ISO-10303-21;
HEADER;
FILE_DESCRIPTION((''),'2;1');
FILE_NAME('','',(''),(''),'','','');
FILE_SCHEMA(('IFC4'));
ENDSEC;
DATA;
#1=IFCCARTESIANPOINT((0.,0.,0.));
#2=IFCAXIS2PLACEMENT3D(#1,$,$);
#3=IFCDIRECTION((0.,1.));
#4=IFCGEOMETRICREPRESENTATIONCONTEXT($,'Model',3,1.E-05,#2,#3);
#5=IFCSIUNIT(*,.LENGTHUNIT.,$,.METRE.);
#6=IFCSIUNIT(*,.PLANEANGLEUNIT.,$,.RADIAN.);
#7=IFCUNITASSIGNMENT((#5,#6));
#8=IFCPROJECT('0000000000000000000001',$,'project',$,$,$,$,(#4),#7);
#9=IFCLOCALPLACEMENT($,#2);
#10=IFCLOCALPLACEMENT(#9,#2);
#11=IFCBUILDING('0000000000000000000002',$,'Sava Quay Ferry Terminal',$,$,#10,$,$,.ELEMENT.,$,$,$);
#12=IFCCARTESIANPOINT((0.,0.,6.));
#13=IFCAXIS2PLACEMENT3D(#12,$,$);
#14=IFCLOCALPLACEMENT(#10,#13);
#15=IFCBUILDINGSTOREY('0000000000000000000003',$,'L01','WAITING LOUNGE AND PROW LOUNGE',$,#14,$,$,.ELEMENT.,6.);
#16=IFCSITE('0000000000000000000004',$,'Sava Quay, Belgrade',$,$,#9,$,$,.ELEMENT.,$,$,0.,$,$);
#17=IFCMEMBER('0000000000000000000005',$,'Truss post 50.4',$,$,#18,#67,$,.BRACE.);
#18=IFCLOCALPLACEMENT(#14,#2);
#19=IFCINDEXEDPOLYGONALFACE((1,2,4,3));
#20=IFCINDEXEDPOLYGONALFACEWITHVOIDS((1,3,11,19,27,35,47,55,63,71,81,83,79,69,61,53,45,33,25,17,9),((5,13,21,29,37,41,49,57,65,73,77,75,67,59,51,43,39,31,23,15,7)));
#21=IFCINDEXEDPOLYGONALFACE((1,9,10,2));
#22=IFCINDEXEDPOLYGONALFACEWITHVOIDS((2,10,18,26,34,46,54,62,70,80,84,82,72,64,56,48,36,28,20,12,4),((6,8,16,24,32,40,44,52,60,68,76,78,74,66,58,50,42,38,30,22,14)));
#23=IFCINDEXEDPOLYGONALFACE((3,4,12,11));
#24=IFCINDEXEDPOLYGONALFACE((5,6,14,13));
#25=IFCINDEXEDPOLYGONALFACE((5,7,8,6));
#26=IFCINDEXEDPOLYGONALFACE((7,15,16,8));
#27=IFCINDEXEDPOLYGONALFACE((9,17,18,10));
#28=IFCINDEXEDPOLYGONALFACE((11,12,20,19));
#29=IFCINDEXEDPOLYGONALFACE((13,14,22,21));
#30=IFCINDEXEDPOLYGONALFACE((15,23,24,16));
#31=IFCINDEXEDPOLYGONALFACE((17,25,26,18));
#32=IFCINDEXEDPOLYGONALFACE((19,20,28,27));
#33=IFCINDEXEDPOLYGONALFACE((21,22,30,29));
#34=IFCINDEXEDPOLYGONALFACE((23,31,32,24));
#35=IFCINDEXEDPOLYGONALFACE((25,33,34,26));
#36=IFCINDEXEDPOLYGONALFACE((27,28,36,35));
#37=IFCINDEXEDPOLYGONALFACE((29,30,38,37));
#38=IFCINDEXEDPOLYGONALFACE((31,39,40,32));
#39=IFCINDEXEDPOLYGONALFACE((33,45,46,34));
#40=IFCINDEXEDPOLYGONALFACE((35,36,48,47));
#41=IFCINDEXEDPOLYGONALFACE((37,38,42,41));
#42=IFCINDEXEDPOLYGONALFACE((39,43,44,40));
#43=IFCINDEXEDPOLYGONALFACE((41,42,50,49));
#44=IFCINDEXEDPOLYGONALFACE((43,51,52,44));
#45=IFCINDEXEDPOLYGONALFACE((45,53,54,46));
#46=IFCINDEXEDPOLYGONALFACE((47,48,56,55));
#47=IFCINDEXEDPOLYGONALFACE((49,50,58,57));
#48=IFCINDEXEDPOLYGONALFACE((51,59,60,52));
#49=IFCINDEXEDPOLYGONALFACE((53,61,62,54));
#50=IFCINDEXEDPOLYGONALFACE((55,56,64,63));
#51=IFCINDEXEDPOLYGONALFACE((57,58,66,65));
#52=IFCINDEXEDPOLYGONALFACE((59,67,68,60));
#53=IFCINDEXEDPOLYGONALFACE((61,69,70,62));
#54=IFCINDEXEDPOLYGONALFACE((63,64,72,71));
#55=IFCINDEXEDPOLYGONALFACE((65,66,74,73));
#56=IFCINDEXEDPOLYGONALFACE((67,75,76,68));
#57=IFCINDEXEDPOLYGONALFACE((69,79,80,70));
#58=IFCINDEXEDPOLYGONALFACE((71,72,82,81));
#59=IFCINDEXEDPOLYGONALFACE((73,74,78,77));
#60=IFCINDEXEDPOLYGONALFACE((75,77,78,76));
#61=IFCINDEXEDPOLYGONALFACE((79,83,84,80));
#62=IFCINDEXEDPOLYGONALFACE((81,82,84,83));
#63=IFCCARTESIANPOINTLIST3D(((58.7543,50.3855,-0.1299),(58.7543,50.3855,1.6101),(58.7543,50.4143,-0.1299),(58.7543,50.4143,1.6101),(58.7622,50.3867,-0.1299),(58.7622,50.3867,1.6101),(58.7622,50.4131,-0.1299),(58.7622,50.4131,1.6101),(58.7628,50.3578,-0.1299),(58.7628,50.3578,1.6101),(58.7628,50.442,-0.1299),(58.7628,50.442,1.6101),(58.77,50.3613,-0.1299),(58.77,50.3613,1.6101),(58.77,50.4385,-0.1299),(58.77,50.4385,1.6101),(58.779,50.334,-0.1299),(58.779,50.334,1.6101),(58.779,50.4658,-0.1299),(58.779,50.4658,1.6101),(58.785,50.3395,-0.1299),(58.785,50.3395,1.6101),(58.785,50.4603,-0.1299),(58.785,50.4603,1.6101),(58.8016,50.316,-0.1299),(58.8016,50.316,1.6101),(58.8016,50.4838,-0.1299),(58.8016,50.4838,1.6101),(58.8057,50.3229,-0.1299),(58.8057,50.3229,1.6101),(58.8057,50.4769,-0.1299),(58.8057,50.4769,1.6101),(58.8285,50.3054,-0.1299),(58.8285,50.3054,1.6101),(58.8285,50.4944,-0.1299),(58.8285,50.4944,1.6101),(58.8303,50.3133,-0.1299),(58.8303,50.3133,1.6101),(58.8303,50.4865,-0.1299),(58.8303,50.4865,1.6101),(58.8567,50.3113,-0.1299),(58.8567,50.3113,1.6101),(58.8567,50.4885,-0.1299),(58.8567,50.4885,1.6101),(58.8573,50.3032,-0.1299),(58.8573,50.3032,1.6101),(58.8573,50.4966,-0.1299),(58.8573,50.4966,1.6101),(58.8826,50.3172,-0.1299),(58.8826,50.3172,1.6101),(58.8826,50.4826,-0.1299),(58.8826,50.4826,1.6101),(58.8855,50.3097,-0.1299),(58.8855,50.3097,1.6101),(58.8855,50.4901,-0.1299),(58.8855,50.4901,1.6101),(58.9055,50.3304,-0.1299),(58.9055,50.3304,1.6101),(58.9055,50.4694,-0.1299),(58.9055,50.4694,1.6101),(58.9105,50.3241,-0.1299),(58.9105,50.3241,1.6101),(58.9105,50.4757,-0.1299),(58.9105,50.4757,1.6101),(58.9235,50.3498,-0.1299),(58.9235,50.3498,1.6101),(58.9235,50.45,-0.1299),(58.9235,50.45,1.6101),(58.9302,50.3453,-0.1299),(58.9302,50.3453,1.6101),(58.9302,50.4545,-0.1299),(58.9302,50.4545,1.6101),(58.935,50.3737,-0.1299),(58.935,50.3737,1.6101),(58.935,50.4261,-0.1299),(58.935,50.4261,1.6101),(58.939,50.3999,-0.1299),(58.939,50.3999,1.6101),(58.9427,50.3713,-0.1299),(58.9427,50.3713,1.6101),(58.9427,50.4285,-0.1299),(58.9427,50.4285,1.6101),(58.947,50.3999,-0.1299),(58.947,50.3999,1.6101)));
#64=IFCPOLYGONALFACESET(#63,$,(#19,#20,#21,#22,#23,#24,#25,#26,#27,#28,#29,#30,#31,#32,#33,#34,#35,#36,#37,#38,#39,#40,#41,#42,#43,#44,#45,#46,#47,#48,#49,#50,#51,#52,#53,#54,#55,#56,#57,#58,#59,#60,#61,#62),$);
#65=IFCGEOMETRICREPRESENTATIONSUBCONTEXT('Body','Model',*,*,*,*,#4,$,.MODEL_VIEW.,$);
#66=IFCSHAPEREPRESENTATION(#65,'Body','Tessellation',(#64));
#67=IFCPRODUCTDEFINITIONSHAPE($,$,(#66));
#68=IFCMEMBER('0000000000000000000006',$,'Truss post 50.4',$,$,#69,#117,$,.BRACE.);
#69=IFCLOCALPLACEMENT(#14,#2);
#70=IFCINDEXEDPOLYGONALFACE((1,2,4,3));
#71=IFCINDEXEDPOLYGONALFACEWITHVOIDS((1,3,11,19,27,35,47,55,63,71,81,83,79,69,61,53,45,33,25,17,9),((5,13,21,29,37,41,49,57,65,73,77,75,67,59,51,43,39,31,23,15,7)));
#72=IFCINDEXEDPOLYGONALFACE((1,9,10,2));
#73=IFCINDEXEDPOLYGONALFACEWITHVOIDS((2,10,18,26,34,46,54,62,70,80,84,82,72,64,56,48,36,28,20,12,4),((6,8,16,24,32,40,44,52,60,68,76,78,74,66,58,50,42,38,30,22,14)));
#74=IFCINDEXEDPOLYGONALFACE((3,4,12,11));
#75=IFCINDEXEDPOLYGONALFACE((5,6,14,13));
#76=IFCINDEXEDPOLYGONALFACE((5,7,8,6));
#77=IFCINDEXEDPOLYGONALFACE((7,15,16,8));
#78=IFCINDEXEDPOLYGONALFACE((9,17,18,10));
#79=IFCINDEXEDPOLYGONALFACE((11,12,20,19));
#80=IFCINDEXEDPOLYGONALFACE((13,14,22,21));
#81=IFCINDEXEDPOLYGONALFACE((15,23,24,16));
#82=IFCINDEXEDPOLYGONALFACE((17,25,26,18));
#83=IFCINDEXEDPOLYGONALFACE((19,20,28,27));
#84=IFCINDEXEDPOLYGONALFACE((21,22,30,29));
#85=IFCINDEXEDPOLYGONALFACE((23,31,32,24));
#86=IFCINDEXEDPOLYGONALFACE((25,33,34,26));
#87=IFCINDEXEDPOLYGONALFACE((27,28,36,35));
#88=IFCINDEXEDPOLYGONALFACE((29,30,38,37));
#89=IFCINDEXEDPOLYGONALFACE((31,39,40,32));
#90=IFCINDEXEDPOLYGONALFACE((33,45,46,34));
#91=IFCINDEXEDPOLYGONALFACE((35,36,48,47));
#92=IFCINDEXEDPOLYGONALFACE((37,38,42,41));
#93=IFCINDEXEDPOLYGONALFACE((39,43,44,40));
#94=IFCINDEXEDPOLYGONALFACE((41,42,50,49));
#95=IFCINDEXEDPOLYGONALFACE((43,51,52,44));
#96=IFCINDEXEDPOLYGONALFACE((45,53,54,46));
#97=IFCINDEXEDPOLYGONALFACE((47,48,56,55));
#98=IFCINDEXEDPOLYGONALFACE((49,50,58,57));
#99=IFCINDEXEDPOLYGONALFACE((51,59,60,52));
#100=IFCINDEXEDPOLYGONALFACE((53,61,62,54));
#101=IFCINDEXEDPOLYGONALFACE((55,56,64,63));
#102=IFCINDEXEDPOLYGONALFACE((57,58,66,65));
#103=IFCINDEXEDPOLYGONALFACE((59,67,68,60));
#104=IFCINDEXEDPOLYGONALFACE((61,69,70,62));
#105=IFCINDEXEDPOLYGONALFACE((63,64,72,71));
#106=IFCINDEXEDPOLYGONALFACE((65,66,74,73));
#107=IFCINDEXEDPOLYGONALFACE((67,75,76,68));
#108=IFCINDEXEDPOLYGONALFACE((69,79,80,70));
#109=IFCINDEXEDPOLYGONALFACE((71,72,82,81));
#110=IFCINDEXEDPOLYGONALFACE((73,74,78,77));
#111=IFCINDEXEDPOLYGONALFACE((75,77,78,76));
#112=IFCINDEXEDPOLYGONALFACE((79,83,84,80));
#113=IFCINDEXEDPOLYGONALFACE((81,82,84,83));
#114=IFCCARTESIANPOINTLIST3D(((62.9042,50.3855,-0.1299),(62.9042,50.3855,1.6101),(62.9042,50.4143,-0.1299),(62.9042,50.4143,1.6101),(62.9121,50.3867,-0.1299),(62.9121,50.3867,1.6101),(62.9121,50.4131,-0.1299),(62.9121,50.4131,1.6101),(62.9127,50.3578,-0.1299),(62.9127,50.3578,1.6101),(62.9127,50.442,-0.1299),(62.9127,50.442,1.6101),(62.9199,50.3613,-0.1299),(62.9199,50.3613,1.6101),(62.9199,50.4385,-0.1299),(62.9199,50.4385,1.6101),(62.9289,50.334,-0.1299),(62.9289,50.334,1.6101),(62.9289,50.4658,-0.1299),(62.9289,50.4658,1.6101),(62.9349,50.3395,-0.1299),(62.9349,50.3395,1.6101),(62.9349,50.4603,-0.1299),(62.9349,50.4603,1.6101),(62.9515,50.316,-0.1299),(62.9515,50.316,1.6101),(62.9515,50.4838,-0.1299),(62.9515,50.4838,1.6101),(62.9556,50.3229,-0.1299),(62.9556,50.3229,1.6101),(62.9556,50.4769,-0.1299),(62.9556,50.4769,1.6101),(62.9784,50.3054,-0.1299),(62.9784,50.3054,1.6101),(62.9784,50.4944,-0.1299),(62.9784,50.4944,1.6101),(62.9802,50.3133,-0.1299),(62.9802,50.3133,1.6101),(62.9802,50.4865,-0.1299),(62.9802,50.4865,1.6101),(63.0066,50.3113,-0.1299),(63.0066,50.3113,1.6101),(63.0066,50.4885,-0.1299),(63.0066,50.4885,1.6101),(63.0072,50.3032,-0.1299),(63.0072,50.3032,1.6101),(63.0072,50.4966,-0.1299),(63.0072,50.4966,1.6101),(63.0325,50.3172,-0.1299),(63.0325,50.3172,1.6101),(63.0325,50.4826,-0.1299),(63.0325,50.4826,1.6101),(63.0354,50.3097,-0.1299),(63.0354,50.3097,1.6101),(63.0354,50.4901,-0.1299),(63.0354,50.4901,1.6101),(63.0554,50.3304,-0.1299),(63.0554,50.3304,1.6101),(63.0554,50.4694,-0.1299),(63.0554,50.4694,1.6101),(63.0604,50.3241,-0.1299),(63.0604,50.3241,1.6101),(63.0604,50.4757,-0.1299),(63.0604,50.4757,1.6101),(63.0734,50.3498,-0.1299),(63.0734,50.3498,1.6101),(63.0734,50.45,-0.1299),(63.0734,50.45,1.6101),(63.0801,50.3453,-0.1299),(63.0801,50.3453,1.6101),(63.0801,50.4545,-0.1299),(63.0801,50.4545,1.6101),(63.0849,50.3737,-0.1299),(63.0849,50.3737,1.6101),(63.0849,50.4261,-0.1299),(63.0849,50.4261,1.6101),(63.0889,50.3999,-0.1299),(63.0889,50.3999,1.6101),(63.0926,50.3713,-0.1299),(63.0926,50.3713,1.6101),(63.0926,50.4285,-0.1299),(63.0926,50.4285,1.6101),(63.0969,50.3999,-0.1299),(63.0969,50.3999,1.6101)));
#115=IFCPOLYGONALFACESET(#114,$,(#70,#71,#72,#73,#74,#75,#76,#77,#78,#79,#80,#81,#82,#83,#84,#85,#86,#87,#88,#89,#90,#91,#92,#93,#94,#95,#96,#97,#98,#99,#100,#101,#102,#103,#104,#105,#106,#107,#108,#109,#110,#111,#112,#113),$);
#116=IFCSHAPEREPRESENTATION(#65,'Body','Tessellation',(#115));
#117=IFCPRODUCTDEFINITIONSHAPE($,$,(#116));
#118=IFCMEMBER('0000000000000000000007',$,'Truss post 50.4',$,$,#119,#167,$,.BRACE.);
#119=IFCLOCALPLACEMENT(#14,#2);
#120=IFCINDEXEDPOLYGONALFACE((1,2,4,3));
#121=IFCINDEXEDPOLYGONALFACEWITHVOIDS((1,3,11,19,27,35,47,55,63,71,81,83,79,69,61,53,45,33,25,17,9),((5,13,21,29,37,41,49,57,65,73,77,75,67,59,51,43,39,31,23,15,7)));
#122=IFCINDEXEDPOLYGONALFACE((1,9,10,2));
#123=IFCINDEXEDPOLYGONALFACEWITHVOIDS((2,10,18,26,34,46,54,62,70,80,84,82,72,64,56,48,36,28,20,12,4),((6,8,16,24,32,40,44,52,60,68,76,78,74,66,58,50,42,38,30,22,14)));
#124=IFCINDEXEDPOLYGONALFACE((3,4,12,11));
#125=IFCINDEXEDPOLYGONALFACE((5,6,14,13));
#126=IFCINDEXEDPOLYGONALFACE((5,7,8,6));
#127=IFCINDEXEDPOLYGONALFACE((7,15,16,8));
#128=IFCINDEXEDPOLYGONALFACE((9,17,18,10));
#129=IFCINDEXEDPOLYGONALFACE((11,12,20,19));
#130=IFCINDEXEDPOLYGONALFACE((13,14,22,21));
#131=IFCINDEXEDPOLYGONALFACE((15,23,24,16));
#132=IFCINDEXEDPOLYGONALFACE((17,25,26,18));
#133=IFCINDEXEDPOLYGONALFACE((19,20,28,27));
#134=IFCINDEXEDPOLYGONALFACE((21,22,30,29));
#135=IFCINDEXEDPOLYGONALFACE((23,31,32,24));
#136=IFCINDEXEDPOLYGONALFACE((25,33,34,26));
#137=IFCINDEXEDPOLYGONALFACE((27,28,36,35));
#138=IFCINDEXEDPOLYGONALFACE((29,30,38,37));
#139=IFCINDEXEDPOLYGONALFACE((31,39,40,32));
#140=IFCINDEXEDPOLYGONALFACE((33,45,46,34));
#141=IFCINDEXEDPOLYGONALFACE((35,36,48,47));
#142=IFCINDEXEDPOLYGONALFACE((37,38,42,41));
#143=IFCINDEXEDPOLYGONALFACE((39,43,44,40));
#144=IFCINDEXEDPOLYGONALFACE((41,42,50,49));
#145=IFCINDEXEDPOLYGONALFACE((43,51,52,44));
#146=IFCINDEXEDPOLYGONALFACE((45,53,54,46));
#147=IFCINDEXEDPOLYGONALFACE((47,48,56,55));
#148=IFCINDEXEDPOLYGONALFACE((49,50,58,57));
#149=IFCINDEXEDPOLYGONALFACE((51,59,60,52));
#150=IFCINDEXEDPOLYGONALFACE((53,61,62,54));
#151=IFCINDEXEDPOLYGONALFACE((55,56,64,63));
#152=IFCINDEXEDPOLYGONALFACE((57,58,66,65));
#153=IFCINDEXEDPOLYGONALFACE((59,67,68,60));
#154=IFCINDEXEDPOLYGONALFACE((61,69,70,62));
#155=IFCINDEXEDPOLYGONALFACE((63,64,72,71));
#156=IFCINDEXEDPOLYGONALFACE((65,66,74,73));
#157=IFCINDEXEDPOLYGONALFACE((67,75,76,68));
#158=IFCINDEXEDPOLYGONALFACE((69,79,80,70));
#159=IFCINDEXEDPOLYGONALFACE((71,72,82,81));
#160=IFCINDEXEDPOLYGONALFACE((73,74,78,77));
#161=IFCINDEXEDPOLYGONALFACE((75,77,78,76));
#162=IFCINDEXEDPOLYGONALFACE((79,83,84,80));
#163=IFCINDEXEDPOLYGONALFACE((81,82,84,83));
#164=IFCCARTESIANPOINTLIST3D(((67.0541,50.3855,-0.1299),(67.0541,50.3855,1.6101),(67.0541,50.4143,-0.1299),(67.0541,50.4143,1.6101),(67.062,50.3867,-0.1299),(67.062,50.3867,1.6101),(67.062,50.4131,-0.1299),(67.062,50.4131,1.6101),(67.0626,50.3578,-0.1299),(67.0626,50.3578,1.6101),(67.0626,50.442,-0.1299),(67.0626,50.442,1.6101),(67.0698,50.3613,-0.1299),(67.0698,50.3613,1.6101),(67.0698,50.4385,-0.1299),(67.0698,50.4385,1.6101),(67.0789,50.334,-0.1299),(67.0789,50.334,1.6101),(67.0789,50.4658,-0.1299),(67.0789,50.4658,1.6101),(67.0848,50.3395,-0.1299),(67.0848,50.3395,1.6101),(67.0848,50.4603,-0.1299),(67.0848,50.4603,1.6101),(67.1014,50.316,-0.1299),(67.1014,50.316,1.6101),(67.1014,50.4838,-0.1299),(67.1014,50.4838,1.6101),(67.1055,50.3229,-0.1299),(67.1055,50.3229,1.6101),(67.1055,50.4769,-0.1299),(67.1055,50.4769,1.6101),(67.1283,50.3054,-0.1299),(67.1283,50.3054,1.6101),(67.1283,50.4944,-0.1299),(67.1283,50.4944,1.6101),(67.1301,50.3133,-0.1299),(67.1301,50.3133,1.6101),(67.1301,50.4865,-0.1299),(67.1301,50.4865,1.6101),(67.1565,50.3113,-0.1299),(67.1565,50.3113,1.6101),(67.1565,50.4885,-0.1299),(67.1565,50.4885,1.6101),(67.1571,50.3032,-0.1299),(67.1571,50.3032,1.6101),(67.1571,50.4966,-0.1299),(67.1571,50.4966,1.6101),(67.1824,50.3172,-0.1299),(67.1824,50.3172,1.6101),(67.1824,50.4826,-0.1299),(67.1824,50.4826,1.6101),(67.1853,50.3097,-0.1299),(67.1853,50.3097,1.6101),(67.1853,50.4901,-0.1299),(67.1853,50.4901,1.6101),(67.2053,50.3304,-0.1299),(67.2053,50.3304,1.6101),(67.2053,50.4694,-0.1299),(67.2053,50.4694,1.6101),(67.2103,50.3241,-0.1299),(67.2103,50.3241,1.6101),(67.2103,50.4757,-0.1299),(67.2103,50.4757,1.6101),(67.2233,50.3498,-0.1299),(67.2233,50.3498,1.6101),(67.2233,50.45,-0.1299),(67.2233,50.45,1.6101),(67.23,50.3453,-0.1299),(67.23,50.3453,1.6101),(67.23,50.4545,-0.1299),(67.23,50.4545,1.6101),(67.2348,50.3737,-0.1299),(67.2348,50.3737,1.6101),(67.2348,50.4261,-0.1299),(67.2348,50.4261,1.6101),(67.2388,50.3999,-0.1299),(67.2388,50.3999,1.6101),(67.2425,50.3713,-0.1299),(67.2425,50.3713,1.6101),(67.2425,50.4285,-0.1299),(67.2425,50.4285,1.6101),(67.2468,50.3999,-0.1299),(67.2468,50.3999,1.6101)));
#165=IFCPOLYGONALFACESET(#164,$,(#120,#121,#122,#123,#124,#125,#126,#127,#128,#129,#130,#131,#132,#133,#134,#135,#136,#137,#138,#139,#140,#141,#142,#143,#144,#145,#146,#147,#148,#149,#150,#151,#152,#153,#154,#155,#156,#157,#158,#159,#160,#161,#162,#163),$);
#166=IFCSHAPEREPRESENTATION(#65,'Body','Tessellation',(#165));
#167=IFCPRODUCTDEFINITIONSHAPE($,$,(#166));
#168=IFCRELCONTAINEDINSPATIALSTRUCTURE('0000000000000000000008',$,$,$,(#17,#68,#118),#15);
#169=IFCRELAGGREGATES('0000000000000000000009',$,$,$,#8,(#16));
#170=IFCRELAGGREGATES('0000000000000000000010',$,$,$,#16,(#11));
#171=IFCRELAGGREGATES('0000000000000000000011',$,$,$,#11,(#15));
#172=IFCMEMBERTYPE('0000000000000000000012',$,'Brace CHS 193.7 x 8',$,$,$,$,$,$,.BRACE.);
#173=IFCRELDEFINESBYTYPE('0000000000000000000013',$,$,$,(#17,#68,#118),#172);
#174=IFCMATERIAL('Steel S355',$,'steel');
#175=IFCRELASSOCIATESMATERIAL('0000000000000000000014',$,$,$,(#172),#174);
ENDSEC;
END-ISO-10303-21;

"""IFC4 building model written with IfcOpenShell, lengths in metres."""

from ifc_helpers import new_model, si_unit, direction, frame, origin, origin_2d, place, context, subcontext, project, spatial, hollow_circle, extrude, material, material_profile, profile_set, type_object, element, save


model = new_model("IFC4")

# Units and contexts
model_context = context("Model", 3, precision=1e-05, world=origin(), true_north=direction((0.0, 1.0)))
body_context = subcontext(model_context, "Body", "Model", "MODEL_VIEW")
ifc_project = project(units=[si_unit("LENGTHUNIT", "METRE"), si_unit("PLANEANGLEUNIT", "RADIAN")], contexts=[model_context])

# Site, building, storey
site_placement = place(None, origin())
site = spatial("IfcSite", under=ifc_project, at=site_placement, Name="Sava Quay, Belgrade", CompositionType="ELEMENT", RefElevation=0.0)
building_placement = place(site_placement, origin())
building = spatial("IfcBuilding", under=site, at=building_placement, Name="Sava Quay Ferry Terminal", CompositionType="ELEMENT")
storey_placement = place(building_placement, frame((0.0, 0.0, 6.0)))
storey = spatial("IfcBuildingStorey", under=building, at=storey_placement, Name="L01", Description="WAITING LOUNGE AND PROW LOUNGE", CompositionType="ELEMENT", Elevation=6.0)

# Members
ifc_material_1 = material(Name="Steel S355", Category="steel")
ifc_material_profile_1 = material_profile(ifc_material_1, hollow_circle(Radius=0.0969, WallThickness=0.0081, at=origin_2d()), Name="CHS 193.7 x 8")
ifc_profile_set_1 = profile_set([ifc_material_profile_1], Name="Steel S355")
member_type_1 = type_object("IfcMemberType", Name="Brace CHS 193.7 x 8", PredefinedType="BRACE", material=ifc_profile_set_1)
for number, where, z_axis, x_axis, name in (
    (1, (58.8501, 50.3999, -0.1299), (0.0, 0.0, 1.0), (1.0, 0.0, 0.0), "Truss post 50.4"),
    (2, (63.0, 50.3999, -0.1299), (0.0, 0.0, 1.0), (1.0, 0.0, 0.0), "Truss post 50.4"),
    (3, (67.1499, 50.3999, -0.1299), (0.0, 0.0, 1.0), (1.0, 0.0, 0.0), "Truss post 50.4"),
):
    element("IfcMember", number, at=place(storey_placement, frame(where, z_axis=z_axis, x_axis=x_axis)), inside=storey, type_object=member_type_1, Name=name, PredefinedType="BRACE", context=body_context, shape_type="SweptSolid", body=[
        extrude(hollow_circle(Radius=0.0969, WallThickness=0.0081, at=origin_2d()), origin(), (0.0, 0.0, 1.0), 1.74),
    ])

save(model, "model.ifc")
